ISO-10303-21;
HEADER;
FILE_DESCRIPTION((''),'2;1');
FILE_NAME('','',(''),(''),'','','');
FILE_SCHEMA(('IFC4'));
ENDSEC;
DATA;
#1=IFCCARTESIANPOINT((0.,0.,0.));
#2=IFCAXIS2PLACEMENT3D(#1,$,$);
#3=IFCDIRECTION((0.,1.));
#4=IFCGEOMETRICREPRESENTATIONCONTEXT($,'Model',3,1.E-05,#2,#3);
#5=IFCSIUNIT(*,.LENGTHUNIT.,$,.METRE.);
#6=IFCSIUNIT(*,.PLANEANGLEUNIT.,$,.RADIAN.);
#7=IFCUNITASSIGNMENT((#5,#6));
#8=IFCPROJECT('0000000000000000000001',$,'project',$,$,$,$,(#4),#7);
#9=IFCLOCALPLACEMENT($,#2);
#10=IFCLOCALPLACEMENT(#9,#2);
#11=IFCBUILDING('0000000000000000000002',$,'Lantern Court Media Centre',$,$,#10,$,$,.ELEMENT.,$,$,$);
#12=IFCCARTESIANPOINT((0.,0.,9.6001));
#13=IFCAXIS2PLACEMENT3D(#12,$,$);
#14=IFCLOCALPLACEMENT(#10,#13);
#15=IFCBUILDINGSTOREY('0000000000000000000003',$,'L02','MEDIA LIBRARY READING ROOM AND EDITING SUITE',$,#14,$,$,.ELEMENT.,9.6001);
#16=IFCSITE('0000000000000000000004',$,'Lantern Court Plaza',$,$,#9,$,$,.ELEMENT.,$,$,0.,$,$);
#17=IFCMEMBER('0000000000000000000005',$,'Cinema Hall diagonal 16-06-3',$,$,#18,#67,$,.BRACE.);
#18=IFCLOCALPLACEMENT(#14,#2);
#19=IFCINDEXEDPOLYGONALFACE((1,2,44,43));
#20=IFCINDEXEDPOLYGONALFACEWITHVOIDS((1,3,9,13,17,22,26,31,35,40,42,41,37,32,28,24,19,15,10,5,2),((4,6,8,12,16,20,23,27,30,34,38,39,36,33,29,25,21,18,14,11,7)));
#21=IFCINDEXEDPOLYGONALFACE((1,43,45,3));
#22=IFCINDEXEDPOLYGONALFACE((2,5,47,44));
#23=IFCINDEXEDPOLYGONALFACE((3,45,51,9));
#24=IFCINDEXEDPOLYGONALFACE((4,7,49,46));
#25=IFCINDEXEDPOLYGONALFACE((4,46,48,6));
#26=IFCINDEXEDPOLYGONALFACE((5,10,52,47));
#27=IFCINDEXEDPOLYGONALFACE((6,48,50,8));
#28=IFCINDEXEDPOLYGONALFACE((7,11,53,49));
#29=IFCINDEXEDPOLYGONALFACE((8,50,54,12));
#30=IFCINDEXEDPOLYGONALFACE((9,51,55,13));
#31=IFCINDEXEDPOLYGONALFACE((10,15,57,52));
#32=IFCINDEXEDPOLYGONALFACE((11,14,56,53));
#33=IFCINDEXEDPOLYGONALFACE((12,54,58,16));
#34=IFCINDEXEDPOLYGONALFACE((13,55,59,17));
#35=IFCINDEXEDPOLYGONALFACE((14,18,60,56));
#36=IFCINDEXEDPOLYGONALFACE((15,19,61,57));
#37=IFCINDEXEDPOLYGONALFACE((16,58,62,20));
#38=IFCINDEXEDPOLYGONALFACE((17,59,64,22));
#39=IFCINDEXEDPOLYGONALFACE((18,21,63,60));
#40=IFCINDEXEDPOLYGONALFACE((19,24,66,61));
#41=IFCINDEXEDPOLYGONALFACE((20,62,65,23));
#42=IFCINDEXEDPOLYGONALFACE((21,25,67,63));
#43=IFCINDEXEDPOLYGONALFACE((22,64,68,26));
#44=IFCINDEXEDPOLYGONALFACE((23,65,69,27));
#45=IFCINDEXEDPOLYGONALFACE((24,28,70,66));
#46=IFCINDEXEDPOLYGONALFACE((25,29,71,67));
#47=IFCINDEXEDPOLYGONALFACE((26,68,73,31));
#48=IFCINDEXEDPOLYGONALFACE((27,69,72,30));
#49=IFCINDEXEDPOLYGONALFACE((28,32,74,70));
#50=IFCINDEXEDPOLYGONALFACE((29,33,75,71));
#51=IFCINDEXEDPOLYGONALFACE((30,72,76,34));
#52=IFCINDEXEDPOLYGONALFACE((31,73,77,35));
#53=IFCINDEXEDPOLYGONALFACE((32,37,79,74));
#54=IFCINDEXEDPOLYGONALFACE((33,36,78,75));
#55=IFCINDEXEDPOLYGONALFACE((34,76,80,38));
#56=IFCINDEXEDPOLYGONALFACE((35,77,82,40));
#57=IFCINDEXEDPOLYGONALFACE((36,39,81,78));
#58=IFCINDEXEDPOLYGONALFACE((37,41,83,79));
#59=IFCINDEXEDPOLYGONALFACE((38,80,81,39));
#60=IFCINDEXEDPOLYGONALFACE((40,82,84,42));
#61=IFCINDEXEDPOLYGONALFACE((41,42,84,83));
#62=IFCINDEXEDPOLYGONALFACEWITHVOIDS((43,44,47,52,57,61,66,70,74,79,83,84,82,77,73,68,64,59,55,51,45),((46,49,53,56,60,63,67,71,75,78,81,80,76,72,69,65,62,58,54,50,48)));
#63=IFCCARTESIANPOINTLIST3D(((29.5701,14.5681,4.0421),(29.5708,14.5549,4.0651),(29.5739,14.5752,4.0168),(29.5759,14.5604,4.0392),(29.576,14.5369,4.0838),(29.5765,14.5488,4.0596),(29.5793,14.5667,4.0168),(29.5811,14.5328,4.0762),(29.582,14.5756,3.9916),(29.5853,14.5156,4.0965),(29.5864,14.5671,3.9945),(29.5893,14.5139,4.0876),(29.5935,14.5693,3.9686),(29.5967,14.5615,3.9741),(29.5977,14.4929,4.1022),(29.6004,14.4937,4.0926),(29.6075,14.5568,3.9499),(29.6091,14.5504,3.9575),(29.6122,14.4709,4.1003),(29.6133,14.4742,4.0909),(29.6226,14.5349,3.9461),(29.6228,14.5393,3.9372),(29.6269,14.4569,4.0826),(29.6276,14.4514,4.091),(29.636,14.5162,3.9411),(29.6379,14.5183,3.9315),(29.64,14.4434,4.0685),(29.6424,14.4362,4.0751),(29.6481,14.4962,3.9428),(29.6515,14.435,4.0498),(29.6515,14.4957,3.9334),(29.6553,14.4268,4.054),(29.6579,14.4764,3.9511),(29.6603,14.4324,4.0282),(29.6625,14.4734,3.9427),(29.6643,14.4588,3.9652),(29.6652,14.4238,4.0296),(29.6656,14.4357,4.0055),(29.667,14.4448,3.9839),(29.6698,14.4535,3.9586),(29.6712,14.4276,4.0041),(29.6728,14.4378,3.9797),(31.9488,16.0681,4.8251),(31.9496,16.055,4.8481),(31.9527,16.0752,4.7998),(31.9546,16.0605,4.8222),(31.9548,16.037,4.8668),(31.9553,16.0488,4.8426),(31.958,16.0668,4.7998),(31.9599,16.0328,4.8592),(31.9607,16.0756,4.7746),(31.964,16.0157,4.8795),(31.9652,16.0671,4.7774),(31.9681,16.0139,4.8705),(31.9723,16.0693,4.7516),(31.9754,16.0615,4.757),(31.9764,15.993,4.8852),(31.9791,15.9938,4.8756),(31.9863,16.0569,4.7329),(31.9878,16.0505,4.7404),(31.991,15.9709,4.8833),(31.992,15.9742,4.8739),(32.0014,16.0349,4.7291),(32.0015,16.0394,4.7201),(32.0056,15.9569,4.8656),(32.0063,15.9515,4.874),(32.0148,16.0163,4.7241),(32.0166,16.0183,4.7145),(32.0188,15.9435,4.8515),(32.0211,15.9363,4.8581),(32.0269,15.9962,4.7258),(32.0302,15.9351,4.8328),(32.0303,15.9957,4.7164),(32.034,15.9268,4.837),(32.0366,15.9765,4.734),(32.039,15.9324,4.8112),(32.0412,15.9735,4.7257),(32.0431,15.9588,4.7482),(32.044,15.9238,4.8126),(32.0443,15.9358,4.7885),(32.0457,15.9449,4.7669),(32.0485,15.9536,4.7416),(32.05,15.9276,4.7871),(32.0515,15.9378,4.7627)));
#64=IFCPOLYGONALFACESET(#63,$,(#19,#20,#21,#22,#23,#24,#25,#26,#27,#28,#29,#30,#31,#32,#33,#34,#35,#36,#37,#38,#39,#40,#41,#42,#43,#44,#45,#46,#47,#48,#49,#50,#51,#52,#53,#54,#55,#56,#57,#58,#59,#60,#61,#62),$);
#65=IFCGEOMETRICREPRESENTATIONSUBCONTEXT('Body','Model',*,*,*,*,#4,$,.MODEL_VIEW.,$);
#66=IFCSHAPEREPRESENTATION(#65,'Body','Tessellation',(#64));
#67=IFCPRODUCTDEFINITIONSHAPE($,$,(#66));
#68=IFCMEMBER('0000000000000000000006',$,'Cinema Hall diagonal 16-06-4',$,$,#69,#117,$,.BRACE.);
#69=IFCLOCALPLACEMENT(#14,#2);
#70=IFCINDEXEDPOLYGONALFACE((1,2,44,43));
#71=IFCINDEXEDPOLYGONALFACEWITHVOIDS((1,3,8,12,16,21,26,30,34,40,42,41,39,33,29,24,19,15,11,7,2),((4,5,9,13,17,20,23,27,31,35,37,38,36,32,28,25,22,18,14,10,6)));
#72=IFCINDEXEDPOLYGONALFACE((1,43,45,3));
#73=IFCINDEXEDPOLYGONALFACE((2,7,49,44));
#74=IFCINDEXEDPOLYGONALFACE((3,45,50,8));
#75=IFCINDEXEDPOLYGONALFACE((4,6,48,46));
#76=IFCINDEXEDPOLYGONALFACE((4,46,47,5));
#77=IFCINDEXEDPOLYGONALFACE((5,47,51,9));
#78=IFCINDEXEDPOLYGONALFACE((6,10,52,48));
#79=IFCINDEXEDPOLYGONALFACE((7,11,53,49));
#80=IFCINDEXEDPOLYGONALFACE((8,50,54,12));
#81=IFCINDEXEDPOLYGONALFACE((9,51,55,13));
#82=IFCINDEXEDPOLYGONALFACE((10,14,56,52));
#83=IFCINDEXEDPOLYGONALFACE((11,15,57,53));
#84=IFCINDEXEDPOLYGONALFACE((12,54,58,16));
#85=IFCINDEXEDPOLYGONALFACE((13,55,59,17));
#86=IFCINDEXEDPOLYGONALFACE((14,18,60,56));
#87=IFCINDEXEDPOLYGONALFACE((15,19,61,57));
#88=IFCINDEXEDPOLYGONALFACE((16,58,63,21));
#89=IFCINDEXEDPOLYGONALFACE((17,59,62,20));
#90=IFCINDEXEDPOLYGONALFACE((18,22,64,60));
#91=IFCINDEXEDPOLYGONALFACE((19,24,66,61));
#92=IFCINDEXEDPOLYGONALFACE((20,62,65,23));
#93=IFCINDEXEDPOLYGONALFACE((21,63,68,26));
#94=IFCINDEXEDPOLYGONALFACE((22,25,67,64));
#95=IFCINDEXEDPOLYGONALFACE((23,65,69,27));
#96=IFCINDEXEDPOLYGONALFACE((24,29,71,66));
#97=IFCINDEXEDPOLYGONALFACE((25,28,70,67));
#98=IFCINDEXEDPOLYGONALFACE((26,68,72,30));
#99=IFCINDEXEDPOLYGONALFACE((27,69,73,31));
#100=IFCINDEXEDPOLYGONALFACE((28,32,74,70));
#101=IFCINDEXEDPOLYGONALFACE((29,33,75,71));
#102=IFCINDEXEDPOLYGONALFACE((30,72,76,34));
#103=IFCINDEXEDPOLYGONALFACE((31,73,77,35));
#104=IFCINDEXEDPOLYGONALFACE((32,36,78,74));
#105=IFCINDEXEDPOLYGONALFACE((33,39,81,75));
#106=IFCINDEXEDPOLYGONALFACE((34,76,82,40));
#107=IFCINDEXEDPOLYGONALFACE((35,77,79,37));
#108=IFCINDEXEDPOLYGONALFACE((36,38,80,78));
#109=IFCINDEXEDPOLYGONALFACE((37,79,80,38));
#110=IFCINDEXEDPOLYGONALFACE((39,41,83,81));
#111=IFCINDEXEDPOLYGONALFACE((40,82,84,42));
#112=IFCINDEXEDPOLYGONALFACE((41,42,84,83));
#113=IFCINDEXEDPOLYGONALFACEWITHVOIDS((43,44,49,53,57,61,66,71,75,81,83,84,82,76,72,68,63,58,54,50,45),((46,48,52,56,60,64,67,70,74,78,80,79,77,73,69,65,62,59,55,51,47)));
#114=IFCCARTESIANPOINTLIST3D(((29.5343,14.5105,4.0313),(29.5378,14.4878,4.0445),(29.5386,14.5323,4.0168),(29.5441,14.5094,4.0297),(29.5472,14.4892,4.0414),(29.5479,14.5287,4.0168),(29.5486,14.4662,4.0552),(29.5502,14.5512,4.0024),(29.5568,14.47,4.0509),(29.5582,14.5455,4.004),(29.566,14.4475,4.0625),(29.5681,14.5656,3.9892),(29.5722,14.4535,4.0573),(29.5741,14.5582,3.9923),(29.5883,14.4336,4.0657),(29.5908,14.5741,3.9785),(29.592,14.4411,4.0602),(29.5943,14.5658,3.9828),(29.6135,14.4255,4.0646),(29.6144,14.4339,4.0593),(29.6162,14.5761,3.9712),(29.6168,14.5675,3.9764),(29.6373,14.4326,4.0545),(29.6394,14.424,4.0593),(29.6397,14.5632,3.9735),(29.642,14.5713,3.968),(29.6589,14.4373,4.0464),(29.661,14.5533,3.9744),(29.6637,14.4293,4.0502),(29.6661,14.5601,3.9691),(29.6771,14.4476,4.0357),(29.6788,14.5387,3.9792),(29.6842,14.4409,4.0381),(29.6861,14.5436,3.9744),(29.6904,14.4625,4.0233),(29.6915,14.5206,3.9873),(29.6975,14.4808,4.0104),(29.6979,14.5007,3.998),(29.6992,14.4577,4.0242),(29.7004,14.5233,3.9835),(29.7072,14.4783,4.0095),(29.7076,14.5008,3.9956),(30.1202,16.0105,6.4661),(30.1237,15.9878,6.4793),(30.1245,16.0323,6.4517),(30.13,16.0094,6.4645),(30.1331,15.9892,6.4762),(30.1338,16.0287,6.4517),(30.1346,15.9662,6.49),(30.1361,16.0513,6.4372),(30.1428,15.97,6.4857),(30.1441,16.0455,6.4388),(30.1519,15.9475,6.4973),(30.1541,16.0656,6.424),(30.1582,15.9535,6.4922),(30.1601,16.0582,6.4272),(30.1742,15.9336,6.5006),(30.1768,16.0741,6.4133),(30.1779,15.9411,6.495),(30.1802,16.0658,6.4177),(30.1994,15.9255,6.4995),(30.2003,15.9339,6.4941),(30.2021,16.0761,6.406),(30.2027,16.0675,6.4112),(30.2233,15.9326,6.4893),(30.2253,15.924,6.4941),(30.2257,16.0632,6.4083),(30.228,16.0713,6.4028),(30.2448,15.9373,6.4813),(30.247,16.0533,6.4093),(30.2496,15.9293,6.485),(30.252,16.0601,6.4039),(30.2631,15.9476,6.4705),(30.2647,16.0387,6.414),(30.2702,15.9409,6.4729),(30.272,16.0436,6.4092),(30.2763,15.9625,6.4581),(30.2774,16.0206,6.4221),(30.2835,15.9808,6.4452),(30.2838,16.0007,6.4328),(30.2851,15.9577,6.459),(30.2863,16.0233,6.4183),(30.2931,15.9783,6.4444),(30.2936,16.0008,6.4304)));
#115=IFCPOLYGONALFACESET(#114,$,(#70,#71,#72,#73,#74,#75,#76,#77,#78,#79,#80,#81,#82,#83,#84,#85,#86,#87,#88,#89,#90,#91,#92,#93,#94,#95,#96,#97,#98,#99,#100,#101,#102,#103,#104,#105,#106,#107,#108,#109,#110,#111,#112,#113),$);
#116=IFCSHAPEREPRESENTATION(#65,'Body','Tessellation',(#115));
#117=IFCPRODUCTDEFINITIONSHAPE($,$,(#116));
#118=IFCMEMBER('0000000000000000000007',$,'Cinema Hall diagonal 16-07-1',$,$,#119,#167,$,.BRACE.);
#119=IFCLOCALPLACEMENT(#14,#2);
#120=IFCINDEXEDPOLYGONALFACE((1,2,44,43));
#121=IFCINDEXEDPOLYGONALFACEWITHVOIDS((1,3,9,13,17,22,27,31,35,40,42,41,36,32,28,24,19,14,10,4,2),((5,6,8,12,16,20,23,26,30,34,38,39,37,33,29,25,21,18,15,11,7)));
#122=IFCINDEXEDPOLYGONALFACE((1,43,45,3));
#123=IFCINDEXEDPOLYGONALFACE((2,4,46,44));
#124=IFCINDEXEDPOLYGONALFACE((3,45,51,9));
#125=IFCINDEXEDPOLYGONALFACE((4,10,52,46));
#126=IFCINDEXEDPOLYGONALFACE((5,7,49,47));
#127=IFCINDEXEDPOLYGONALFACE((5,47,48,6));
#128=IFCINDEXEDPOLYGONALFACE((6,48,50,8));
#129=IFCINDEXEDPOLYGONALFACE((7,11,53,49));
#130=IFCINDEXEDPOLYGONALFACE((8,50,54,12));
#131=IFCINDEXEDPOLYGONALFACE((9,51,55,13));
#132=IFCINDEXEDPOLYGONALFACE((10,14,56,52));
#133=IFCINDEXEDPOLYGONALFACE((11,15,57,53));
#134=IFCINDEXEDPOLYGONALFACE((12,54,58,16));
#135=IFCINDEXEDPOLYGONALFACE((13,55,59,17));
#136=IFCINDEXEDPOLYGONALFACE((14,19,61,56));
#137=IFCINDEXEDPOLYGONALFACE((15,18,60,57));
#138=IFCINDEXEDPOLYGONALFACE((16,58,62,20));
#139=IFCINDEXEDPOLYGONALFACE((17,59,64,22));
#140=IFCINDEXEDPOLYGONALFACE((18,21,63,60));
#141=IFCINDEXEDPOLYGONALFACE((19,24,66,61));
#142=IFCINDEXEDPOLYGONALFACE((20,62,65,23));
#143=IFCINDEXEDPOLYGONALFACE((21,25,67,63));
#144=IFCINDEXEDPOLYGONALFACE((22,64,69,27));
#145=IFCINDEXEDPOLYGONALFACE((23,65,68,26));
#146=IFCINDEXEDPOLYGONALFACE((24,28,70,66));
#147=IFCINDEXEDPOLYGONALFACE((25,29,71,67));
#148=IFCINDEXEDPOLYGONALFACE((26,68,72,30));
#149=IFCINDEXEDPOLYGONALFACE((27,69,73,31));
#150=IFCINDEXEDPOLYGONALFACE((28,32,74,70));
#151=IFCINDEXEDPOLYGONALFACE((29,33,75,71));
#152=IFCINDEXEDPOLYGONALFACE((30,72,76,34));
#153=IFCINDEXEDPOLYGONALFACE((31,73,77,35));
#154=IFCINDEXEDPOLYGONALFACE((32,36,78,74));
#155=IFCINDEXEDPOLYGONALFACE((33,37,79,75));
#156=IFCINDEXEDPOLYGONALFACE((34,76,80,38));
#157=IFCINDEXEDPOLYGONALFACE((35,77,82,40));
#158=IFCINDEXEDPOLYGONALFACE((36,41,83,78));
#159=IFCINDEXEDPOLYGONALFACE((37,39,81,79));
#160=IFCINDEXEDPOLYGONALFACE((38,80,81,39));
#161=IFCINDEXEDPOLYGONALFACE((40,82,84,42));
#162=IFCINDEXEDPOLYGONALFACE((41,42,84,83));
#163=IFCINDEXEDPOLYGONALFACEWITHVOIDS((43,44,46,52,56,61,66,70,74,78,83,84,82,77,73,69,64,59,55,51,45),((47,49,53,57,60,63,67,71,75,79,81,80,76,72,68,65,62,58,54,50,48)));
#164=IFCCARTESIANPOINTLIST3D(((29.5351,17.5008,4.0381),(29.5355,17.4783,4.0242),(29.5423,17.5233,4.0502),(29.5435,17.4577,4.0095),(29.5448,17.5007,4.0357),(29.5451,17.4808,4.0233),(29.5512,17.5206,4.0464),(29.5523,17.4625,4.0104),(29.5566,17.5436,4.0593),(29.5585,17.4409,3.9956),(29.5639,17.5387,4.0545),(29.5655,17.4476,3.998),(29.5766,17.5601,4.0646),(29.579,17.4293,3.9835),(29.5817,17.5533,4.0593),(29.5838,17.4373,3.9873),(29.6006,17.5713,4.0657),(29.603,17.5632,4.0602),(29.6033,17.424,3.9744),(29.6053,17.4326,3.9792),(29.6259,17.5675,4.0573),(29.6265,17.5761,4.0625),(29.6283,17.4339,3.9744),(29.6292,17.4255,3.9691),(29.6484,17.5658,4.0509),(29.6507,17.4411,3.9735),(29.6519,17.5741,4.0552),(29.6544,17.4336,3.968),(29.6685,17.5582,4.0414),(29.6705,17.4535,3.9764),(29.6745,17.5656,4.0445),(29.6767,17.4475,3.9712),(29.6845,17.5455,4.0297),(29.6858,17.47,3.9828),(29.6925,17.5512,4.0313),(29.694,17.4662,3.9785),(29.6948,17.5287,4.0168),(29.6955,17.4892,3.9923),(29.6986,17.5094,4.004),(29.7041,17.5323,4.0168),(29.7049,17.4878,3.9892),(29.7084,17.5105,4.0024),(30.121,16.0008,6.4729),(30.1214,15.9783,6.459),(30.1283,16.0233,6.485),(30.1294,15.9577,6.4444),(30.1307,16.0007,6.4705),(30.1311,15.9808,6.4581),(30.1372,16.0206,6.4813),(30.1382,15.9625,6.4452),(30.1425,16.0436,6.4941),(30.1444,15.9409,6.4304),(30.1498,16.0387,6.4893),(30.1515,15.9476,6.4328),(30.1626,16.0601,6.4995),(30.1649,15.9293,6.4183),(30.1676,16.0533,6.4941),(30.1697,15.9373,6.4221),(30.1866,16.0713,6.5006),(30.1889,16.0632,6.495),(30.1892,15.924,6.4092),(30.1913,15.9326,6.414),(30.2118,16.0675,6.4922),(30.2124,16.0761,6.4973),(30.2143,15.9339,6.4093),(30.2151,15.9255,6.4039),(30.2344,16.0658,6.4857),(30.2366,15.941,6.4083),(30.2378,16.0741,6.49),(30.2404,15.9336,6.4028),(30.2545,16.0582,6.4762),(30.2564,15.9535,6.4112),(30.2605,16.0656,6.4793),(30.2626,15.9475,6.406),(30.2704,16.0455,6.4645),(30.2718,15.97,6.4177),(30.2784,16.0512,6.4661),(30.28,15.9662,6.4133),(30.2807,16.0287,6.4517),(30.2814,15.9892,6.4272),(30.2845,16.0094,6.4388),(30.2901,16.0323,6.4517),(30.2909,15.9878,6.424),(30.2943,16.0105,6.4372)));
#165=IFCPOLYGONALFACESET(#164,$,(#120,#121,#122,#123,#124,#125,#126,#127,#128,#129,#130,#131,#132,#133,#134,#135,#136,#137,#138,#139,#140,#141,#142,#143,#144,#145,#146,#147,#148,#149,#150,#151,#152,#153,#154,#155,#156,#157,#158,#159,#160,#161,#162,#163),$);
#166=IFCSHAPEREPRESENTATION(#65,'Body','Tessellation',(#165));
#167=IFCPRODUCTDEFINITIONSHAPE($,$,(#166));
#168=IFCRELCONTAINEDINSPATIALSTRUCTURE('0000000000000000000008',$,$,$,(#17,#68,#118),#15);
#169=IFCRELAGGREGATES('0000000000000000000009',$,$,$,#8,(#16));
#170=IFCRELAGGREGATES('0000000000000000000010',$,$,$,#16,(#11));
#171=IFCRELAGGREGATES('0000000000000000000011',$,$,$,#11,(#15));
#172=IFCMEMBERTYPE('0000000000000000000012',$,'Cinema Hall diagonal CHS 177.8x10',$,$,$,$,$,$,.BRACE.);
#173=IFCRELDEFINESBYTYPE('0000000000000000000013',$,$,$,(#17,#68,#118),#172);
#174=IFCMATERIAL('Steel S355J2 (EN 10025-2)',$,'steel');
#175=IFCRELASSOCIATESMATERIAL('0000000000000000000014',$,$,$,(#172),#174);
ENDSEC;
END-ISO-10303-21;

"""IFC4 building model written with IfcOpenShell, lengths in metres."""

from ifc_helpers import new_model, si_unit, direction, frame, origin, origin_2d, place, context, subcontext, project, spatial, hollow_circle, extrude, material, material_profile, profile_set, type_object, element, save


model = new_model("IFC4")

# Units and contexts
model_context = context("Model", 3, precision=1e-05, world=origin(), true_north=direction((0.0, 1.0)))
body_context = subcontext(model_context, "Body", "Model", "MODEL_VIEW")
ifc_project = project(units=[si_unit("LENGTHUNIT", "METRE"), si_unit("PLANEANGLEUNIT", "RADIAN")], contexts=[model_context])

# Site, building, storey
site_placement = place(None, origin())
site = spatial("IfcSite", under=ifc_project, at=site_placement, Name="Lantern Court Plaza", CompositionType="ELEMENT", RefElevation=0.0)
building_placement = place(site_placement, origin())
building = spatial("IfcBuilding", under=site, at=building_placement, Name="Lantern Court Media Centre", CompositionType="ELEMENT")
storey_placement = place(building_placement, frame((0.0, 0.0, 9.6001)))
storey = spatial("IfcBuildingStorey", under=building, at=storey_placement, Name="L02", Description="MEDIA LIBRARY READING ROOM AND EDITING SUITE", CompositionType="ELEMENT", Elevation=9.6001)

# Members
ifc_material_1 = material(Name="Steel S355J2 (EN 10025-2)", Category="steel")
ifc_material_profile_1 = material_profile(ifc_material_1, hollow_circle(Radius=0.0889, WallThickness=0.01, at=origin_2d()), Name="Cinema Hall diagonal CHS 177.8x10")
ifc_profile_set_1 = profile_set([ifc_material_profile_1], Name="Steel S355J2 (EN 10025-2)")
member_type_1 = type_object("IfcMemberType", Name="Cinema Hall diagonal CHS 177.8x10", PredefinedType="BRACE", material=ifc_profile_set_1)
for number, where, z_axis, x_axis, name in (
    (1, (29.6213, 14.5, 4.0168), (0.814866, 0.51386, 0.268221), (-0.533405, 0.84586, 0.0), "Cinema Hall diagonal 16-06-3"),
    (2, (29.6213, 14.5, 4.0168), (0.20072, 0.513842, 0.834073), (-0.931457, 0.363851, 0.0), "Cinema Hall diagonal 16-06-4"),
    (3, (29.6213, 17.5, 4.0168), (0.20072, -0.513842, 0.834073), (0.931457, 0.363851, 0.0), "Cinema Hall diagonal 16-07-1"),
):
    element("IfcMember", number, at=place(storey_placement, frame(where, z_axis=z_axis, x_axis=x_axis)), inside=storey, type_object=member_type_1, Name=name, PredefinedType="BRACE", context=body_context, shape_type="SweptSolid", body=[
        extrude(hollow_circle(Radius=0.0889, WallThickness=0.01, at=origin_2d()), origin(), (0.0, 0.0, 1.0), 2.9192),
    ])

save(model, "model.ifc")
